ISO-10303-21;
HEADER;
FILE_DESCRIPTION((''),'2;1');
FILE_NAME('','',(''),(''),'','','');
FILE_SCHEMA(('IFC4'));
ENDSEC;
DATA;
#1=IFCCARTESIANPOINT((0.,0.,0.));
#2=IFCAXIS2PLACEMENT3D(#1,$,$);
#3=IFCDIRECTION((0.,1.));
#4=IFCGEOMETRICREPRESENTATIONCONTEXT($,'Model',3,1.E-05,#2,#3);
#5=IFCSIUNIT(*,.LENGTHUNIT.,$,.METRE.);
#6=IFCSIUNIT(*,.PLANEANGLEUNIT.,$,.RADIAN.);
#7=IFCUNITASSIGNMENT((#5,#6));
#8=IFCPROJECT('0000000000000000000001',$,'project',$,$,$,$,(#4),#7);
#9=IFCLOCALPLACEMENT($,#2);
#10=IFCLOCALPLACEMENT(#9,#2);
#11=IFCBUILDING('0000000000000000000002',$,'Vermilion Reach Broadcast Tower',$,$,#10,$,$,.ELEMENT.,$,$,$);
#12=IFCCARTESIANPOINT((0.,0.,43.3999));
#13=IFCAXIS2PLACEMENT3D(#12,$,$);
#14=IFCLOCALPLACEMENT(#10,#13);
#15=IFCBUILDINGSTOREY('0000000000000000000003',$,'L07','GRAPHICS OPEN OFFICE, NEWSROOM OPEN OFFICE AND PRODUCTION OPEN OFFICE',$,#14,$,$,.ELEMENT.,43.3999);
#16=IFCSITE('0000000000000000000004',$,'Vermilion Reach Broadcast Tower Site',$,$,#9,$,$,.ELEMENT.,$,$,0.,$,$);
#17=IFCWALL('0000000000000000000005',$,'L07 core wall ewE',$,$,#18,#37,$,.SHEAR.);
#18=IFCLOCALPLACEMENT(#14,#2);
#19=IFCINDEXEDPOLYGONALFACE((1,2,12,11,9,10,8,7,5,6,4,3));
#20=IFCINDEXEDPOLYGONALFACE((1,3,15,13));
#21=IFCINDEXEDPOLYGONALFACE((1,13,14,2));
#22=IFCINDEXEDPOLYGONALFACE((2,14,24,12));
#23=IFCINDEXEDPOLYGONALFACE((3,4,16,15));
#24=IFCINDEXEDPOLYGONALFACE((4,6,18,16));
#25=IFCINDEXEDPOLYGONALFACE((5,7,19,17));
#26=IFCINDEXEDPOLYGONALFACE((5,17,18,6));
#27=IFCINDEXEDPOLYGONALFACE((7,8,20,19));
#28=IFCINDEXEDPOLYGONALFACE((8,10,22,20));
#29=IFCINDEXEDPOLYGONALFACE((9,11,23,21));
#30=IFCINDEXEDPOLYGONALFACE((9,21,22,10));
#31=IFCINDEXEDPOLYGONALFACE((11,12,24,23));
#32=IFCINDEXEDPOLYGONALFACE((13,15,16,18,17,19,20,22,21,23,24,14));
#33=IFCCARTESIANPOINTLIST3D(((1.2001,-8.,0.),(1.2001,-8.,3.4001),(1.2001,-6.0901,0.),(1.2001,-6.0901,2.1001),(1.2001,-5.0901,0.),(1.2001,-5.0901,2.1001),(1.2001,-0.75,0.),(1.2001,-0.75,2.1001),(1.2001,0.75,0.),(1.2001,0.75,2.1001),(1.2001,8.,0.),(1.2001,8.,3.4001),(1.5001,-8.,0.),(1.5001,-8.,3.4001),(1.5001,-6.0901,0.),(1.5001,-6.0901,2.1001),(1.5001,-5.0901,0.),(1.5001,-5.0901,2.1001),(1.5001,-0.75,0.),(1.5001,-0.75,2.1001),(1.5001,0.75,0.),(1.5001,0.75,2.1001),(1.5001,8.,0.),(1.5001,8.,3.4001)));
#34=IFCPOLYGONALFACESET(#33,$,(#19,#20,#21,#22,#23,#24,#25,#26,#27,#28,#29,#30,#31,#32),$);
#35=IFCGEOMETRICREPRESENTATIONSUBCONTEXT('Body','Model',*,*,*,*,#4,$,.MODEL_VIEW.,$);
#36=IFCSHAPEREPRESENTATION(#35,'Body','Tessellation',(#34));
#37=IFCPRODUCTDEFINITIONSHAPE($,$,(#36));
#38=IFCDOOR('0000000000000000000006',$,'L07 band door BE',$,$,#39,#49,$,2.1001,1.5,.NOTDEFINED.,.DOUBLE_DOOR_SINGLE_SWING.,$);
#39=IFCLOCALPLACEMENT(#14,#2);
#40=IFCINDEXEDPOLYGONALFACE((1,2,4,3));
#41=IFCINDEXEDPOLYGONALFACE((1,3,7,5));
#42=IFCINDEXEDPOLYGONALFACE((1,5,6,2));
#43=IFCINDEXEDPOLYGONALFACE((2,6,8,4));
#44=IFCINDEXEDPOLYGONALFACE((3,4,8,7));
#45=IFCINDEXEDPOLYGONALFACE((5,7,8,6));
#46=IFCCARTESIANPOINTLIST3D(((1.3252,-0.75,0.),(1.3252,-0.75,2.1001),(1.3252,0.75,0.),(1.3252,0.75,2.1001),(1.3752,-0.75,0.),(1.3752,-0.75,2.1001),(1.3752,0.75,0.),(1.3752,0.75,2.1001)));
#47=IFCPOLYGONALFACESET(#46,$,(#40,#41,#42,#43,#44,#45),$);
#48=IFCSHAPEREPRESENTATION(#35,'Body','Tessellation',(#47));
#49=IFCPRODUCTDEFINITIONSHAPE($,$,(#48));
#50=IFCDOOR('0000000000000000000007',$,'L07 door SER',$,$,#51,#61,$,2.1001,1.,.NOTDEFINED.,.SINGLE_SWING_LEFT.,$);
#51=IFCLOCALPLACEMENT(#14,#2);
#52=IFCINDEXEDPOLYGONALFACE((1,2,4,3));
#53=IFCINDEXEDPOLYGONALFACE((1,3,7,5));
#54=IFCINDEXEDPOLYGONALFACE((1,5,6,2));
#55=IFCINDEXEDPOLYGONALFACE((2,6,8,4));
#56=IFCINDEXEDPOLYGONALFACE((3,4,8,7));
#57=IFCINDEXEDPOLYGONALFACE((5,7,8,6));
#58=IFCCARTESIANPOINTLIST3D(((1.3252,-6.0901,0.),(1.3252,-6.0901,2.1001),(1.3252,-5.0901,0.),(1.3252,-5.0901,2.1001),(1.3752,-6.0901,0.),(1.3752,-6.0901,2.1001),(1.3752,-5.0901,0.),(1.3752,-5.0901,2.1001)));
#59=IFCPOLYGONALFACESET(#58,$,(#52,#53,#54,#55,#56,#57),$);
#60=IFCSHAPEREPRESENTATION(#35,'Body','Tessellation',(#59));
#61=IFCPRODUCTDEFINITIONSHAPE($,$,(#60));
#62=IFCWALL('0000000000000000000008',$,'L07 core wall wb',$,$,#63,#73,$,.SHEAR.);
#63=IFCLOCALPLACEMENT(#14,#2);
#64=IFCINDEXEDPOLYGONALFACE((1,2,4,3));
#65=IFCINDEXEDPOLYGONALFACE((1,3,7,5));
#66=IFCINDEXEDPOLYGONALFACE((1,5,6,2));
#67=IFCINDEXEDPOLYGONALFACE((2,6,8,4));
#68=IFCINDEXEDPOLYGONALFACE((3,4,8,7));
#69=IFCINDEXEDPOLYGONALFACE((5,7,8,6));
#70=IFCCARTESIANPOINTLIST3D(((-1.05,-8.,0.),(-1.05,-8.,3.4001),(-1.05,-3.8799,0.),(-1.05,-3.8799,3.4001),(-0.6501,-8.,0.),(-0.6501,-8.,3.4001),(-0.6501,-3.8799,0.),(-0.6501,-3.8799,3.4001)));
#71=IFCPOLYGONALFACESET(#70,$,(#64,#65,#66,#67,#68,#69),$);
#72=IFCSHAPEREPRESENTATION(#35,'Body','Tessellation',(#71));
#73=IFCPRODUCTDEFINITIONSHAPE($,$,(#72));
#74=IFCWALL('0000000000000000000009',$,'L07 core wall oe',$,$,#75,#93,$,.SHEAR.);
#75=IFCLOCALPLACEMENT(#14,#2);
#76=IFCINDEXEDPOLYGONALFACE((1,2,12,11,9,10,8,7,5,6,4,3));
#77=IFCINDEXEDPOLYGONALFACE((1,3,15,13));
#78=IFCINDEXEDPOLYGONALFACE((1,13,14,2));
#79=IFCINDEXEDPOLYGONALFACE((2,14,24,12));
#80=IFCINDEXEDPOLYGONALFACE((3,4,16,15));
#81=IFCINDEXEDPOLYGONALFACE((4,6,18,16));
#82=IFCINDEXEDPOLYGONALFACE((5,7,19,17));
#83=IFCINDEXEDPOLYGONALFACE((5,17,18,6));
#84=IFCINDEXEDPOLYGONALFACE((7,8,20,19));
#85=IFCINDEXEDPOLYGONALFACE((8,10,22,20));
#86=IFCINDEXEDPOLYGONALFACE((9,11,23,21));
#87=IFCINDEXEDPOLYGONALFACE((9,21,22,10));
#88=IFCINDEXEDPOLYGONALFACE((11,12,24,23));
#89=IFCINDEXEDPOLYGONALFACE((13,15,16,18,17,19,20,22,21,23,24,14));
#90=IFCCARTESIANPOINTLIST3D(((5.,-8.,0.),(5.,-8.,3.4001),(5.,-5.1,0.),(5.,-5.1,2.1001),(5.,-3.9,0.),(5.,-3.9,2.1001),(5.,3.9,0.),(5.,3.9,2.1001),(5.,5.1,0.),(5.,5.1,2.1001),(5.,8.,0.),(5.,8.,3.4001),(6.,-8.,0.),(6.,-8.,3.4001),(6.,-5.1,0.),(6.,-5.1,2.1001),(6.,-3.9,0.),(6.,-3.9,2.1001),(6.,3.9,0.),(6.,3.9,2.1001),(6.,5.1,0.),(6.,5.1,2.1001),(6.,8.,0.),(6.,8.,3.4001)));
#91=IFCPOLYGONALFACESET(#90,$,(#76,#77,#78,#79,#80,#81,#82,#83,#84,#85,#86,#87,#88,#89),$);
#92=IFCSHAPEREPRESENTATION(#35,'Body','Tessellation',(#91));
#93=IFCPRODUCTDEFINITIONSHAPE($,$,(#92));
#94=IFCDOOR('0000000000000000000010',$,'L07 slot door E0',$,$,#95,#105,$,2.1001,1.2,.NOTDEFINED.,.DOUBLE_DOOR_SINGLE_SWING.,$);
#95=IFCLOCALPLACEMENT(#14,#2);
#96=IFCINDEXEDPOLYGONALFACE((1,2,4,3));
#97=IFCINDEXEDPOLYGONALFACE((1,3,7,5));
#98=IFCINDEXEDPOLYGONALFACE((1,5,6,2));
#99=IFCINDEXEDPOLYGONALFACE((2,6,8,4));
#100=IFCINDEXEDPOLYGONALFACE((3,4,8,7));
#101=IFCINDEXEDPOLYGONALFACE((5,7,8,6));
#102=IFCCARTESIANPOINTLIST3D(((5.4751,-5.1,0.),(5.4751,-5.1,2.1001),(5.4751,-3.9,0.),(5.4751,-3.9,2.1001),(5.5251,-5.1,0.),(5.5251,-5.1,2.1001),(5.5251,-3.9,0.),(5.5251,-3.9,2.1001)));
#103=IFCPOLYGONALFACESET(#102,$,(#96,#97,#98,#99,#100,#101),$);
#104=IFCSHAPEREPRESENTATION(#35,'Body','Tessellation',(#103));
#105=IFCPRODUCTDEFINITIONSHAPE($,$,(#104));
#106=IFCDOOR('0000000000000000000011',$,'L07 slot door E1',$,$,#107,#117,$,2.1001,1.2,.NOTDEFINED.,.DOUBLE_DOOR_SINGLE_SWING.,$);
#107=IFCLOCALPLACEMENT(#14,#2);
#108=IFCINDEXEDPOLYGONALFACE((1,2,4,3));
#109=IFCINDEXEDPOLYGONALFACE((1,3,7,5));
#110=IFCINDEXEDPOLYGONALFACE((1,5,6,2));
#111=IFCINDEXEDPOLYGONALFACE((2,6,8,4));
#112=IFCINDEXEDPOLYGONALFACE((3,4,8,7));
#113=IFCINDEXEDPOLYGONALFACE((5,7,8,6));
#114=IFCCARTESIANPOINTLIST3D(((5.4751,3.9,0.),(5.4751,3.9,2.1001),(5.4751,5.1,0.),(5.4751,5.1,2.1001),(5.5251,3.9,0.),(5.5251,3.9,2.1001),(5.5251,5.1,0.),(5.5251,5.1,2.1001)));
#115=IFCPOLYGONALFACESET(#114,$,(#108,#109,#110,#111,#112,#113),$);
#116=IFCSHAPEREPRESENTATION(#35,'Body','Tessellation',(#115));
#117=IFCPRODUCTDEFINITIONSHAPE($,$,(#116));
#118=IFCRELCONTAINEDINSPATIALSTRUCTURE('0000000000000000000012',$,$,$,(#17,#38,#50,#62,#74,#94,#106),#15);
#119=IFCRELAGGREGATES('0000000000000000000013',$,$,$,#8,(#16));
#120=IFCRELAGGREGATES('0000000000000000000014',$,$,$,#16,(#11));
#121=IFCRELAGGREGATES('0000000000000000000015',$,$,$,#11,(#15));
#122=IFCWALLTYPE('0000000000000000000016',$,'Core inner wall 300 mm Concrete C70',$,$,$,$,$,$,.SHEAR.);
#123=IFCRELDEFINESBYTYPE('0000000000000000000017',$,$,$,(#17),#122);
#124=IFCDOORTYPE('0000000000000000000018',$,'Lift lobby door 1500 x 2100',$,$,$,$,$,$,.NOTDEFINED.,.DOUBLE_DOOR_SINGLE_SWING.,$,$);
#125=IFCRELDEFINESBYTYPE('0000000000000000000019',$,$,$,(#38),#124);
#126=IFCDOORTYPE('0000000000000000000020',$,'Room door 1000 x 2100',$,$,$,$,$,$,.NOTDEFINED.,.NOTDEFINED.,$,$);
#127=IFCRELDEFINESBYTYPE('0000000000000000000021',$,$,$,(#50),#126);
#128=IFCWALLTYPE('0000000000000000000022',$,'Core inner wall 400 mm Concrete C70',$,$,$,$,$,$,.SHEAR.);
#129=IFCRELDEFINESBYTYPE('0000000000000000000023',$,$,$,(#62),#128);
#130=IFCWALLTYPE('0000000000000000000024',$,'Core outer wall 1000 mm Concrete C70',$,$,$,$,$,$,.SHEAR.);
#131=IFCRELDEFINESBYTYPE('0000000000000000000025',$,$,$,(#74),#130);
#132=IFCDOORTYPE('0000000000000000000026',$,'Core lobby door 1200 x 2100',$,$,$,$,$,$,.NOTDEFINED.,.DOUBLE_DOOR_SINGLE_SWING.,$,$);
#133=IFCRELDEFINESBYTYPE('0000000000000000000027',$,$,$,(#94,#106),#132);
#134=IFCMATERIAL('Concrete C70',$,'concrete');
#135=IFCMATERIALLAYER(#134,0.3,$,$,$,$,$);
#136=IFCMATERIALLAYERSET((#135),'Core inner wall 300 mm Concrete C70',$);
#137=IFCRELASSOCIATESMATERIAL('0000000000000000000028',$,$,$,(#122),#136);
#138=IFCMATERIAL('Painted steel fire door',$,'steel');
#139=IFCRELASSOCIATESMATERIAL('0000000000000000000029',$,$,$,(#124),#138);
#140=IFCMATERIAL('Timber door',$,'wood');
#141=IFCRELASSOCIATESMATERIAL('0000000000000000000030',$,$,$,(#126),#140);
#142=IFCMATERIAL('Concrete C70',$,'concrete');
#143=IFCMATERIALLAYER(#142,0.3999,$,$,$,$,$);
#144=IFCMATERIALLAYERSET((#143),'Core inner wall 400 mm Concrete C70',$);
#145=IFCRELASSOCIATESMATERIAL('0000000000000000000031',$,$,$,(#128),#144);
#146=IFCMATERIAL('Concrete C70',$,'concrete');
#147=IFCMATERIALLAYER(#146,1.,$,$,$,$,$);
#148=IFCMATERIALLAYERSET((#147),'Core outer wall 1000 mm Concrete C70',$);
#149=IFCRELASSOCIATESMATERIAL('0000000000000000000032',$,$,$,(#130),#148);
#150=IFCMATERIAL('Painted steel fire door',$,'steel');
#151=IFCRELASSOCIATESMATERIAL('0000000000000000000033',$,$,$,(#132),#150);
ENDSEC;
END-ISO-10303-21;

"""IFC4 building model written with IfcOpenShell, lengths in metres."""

from ifc_helpers import new_model, si_unit, direction, frame, frame_2d, origin, place, context, subcontext, project, spatial, rectangle, extrude, material, layer, layer_set, type_object, element, fill, save


model = new_model("IFC4")

# Units and contexts
model_context = context("Model", 3, precision=1e-05, world=origin(), true_north=direction((0.0, 1.0)))
body_context = subcontext(model_context, "Body", "Model", "MODEL_VIEW")
ifc_project = project(units=[si_unit("LENGTHUNIT", "METRE"), si_unit("PLANEANGLEUNIT", "RADIAN")], contexts=[model_context])

# Site, building, storey
site_placement = place(None, origin())
site = spatial("IfcSite", under=ifc_project, at=site_placement, Name="Vermilion Reach Broadcast Tower Site", CompositionType="ELEMENT", RefElevation=0.0)
building_placement = place(site_placement, origin())
building = spatial("IfcBuilding", under=site, at=building_placement, Name="Vermilion Reach Broadcast Tower", CompositionType="ELEMENT")
storey_placement = place(building_placement, frame((0.0, 0.0, 43.3999)))
storey = spatial("IfcBuildingStorey", under=building, at=storey_placement, Name="L07", Description="GRAPHICS OPEN OFFICE, NEWSROOM OPEN OFFICE AND PRODUCTION OPEN OFFICE", CompositionType="ELEMENT", Elevation=43.3999)

# Wall, openings, doors
ifc_material_1 = material(Name="Concrete C70", Category="concrete")
ifc_layer_1 = layer(ifc_material_1, 0.3)
ifc_layer_set_1 = layer_set([ifc_layer_1], Name="Core inner wall 300 mm Concrete C70")
wall_type_1 = type_object("IfcWallType", Name="Core inner wall 300 mm Concrete C70", PredefinedType="SHEAR", material=ifc_layer_set_1)
wall_1_placement = place(storey_placement, frame((1.3501, -8.0, 0.0), z_axis=(0.0, 0.0, 1.0), x_axis=(0.0, 1.0, 0.0)))
wall_1 = element("IfcWall", 1, at=wall_1_placement, inside=storey, type_object=wall_type_1, Name="L07 core wall ewE", PredefinedType="SHEAR", context=body_context, shape_type="SweptSolid", body=[
    extrude(rectangle(XDim=16.0, YDim=0.3, at=frame_2d((8.0, 0.0))), origin(), (0.0, 0.0, 1.0), 3.4001),
])
opening_1_placement = place(wall_1_placement, frame((1.9099, 0.0, 0.0)))
opening_1 = element("IfcOpeningElement", 2, at=opening_1_placement, cuts=wall_1, PredefinedType="OPENING", context=body_context, shape_type="SweptSolid", body=[
    extrude(rectangle(XDim=1.0, YDim=2.1001, at=frame_2d((0.5, 1.05))), frame((0.0, 0.1599, 0.0), z_axis=(0.0, -1.0, 0.0), x_axis=(1.0, 0.0, 0.0)), (0.0, 0.0, 1.0), 0.3201),
])
opening_2_placement = place(wall_1_placement, frame((7.25, 0.0, 0.0)))
opening_2 = element("IfcOpeningElement", 3, at=opening_2_placement, cuts=wall_1, PredefinedType="OPENING", context=body_context, shape_type="SweptSolid", body=[
    extrude(rectangle(XDim=1.5, YDim=2.1001, at=frame_2d((0.75, 1.05))), frame((0.0, 0.1599, 0.0), z_axis=(0.0, -1.0, 0.0), x_axis=(1.0, 0.0, 0.0)), (0.0, 0.0, 1.0), 0.3201),
])
ifc_material_2 = material(Name="Painted steel fire door", Category="steel")
door_type_1 = type_object("IfcDoorType", Name="Lift lobby door 1500 x 2100", OperationType="DOUBLE_DOOR_SINGLE_SWING", PredefinedType="NOTDEFINED", material=ifc_material_2)
door_1_placement = place(opening_2_placement, origin())
door_1 = element("IfcDoor", 4, at=door_1_placement, inside=storey, type_object=door_type_1, Name="L07 band door BE", OperationType="DOUBLE_DOOR_SINGLE_SWING", OverallHeight=2.1001, OverallWidth=1.5, PredefinedType="NOTDEFINED", context=body_context, shape_type="SweptSolid", body=[
    extrude(rectangle(XDim=1.5, YDim=2.1001, at=frame_2d((0.75, 1.05))), frame((0.0, 0.0249, 0.0), z_axis=(0.0, -1.0, 0.0), x_axis=(1.0, 0.0, 0.0)), (0.0, 0.0, 1.0), 0.05),
])
fill(opening_2, door_1)
ifc_material_3 = material(Name="Timber door", Category="wood")
door_type_2 = type_object("IfcDoorType", Name="Room door 1000 x 2100", OperationType="NOTDEFINED", PredefinedType="NOTDEFINED", material=ifc_material_3)
door_2_placement = place(opening_1_placement, origin())
door_2 = element("IfcDoor", 5, at=door_2_placement, inside=storey, type_object=door_type_2, Name="L07 door SER", OperationType="SINGLE_SWING_LEFT", OverallHeight=2.1001, OverallWidth=1.0, PredefinedType="NOTDEFINED", context=body_context, shape_type="SweptSolid", body=[
    extrude(rectangle(XDim=1.0, YDim=2.1001, at=frame_2d((0.5, 1.05))), frame((0.0, 0.0249, 0.0), z_axis=(0.0, -1.0, 0.0), x_axis=(1.0, 0.0, 0.0)), (0.0, 0.0, 1.0), 0.05),
])
fill(opening_1, door_2)

# Wall
ifc_material_4 = material(Name="Concrete C70", Category="concrete")
ifc_layer_2 = layer(ifc_material_4, 0.3999)
ifc_layer_set_2 = layer_set([ifc_layer_2], Name="Core inner wall 400 mm Concrete C70")
wall_type_2 = type_object("IfcWallType", Name="Core inner wall 400 mm Concrete C70", PredefinedType="SHEAR", material=ifc_layer_set_2)
wall_2_placement = place(storey_placement, frame((-0.8501, -3.8799, 0.0), z_axis=(0.0, 0.0, 1.0), x_axis=(0.0, -1.0, 0.0)))
element("IfcWall", 6, at=wall_2_placement, inside=storey, type_object=wall_type_2, Name="L07 core wall wb", PredefinedType="SHEAR", context=body_context, shape_type="SweptSolid", body=[
    extrude(rectangle(XDim=4.1201, YDim=0.3999, at=frame_2d((2.0601, 0.0))), origin(), (0.0, 0.0, 1.0), 3.4001),
])

# Wall, openings, doors
ifc_material_5 = material(Name="Concrete C70", Category="concrete")
ifc_layer_3 = layer(ifc_material_5, 1.0)
ifc_layer_set_3 = layer_set([ifc_layer_3], Name="Core outer wall 1000 mm Concrete C70")
wall_type_3 = type_object("IfcWallType", Name="Core outer wall 1000 mm Concrete C70", PredefinedType="SHEAR", material=ifc_layer_set_3)
wall_3_placement = place(storey_placement, frame((5.5, -8.0, 0.0), z_axis=(0.0, 0.0, 1.0), x_axis=(0.0, 1.0, 0.0)))
wall_3 = element("IfcWall", 7, at=wall_3_placement, inside=storey, type_object=wall_type_3, Name="L07 core wall oe", PredefinedType="SHEAR", context=body_context, shape_type="SweptSolid", body=[
    extrude(rectangle(XDim=16.0, YDim=1.0, at=frame_2d((8.0, 0.0))), origin(), (0.0, 0.0, 1.0), 3.4001),
])
opening_3_placement = place(wall_3_placement, frame((2.8999, 0.0, 0.0)))
opening_3 = element("IfcOpeningElement", 8, at=opening_3_placement, cuts=wall_3, PredefinedType="OPENING", context=body_context, shape_type="SweptSolid", body=[
    extrude(rectangle(XDim=1.2, YDim=2.1001, at=frame_2d((0.6001, 1.05))), frame((0.0, 0.51, 0.0), z_axis=(0.0, -1.0, 0.0), x_axis=(1.0, 0.0, 0.0)), (0.0, 0.0, 1.0), 1.02),
])
opening_4_placement = place(wall_3_placement, frame((11.8999, 0.0, 0.0)))
opening_4 = element("IfcOpeningElement", 9, at=opening_4_placement, cuts=wall_3, PredefinedType="OPENING", context=body_context, shape_type="SweptSolid", body=[
    extrude(rectangle(XDim=1.2, YDim=2.1001, at=frame_2d((0.6001, 1.05))), frame((0.0, 0.51, 0.0), z_axis=(0.0, -1.0, 0.0), x_axis=(1.0, 0.0, 0.0)), (0.0, 0.0, 1.0), 1.02),
])
ifc_material_6 = material(Name="Painted steel fire door", Category="steel")
door_type_3 = type_object("IfcDoorType", Name="Core lobby door 1200 x 2100", OperationType="DOUBLE_DOOR_SINGLE_SWING", PredefinedType="NOTDEFINED", material=ifc_material_6)
door_3_placement = place(opening_3_placement, origin())
door_3 = element("IfcDoor", 10, at=door_3_placement, inside=storey, type_object=door_type_3, Name="L07 slot door E0", OperationType="DOUBLE_DOOR_SINGLE_SWING", OverallHeight=2.1001, OverallWidth=1.2, PredefinedType="NOTDEFINED", context=body_context, shape_type="SweptSolid", body=[
    extrude(rectangle(XDim=1.2, YDim=2.1001, at=frame_2d((0.6001, 1.05))), frame((0.0, 0.0249, 0.0), z_axis=(0.0, -1.0, 0.0), x_axis=(1.0, 0.0, 0.0)), (0.0, 0.0, 1.0), 0.05),
])
fill(opening_3, door_3)
door_4_placement = place(opening_4_placement, origin())
door_4 = element("IfcDoor", 11, at=door_4_placement, inside=storey, type_object=door_type_3, Name="L07 slot door E1", OperationType="DOUBLE_DOOR_SINGLE_SWING", OverallHeight=2.1001, OverallWidth=1.2, PredefinedType="NOTDEFINED", context=body_context, shape_type="SweptSolid", body=[
    extrude(rectangle(XDim=1.2, YDim=2.1001, at=frame_2d((0.6001, 1.05))), frame((0.0, 0.0249, 0.0), z_axis=(0.0, -1.0, 0.0), x_axis=(1.0, 0.0, 0.0)), (0.0, 0.0, 1.0), 0.05),
])
fill(opening_4, door_4)

save(model, "model.ifc")
